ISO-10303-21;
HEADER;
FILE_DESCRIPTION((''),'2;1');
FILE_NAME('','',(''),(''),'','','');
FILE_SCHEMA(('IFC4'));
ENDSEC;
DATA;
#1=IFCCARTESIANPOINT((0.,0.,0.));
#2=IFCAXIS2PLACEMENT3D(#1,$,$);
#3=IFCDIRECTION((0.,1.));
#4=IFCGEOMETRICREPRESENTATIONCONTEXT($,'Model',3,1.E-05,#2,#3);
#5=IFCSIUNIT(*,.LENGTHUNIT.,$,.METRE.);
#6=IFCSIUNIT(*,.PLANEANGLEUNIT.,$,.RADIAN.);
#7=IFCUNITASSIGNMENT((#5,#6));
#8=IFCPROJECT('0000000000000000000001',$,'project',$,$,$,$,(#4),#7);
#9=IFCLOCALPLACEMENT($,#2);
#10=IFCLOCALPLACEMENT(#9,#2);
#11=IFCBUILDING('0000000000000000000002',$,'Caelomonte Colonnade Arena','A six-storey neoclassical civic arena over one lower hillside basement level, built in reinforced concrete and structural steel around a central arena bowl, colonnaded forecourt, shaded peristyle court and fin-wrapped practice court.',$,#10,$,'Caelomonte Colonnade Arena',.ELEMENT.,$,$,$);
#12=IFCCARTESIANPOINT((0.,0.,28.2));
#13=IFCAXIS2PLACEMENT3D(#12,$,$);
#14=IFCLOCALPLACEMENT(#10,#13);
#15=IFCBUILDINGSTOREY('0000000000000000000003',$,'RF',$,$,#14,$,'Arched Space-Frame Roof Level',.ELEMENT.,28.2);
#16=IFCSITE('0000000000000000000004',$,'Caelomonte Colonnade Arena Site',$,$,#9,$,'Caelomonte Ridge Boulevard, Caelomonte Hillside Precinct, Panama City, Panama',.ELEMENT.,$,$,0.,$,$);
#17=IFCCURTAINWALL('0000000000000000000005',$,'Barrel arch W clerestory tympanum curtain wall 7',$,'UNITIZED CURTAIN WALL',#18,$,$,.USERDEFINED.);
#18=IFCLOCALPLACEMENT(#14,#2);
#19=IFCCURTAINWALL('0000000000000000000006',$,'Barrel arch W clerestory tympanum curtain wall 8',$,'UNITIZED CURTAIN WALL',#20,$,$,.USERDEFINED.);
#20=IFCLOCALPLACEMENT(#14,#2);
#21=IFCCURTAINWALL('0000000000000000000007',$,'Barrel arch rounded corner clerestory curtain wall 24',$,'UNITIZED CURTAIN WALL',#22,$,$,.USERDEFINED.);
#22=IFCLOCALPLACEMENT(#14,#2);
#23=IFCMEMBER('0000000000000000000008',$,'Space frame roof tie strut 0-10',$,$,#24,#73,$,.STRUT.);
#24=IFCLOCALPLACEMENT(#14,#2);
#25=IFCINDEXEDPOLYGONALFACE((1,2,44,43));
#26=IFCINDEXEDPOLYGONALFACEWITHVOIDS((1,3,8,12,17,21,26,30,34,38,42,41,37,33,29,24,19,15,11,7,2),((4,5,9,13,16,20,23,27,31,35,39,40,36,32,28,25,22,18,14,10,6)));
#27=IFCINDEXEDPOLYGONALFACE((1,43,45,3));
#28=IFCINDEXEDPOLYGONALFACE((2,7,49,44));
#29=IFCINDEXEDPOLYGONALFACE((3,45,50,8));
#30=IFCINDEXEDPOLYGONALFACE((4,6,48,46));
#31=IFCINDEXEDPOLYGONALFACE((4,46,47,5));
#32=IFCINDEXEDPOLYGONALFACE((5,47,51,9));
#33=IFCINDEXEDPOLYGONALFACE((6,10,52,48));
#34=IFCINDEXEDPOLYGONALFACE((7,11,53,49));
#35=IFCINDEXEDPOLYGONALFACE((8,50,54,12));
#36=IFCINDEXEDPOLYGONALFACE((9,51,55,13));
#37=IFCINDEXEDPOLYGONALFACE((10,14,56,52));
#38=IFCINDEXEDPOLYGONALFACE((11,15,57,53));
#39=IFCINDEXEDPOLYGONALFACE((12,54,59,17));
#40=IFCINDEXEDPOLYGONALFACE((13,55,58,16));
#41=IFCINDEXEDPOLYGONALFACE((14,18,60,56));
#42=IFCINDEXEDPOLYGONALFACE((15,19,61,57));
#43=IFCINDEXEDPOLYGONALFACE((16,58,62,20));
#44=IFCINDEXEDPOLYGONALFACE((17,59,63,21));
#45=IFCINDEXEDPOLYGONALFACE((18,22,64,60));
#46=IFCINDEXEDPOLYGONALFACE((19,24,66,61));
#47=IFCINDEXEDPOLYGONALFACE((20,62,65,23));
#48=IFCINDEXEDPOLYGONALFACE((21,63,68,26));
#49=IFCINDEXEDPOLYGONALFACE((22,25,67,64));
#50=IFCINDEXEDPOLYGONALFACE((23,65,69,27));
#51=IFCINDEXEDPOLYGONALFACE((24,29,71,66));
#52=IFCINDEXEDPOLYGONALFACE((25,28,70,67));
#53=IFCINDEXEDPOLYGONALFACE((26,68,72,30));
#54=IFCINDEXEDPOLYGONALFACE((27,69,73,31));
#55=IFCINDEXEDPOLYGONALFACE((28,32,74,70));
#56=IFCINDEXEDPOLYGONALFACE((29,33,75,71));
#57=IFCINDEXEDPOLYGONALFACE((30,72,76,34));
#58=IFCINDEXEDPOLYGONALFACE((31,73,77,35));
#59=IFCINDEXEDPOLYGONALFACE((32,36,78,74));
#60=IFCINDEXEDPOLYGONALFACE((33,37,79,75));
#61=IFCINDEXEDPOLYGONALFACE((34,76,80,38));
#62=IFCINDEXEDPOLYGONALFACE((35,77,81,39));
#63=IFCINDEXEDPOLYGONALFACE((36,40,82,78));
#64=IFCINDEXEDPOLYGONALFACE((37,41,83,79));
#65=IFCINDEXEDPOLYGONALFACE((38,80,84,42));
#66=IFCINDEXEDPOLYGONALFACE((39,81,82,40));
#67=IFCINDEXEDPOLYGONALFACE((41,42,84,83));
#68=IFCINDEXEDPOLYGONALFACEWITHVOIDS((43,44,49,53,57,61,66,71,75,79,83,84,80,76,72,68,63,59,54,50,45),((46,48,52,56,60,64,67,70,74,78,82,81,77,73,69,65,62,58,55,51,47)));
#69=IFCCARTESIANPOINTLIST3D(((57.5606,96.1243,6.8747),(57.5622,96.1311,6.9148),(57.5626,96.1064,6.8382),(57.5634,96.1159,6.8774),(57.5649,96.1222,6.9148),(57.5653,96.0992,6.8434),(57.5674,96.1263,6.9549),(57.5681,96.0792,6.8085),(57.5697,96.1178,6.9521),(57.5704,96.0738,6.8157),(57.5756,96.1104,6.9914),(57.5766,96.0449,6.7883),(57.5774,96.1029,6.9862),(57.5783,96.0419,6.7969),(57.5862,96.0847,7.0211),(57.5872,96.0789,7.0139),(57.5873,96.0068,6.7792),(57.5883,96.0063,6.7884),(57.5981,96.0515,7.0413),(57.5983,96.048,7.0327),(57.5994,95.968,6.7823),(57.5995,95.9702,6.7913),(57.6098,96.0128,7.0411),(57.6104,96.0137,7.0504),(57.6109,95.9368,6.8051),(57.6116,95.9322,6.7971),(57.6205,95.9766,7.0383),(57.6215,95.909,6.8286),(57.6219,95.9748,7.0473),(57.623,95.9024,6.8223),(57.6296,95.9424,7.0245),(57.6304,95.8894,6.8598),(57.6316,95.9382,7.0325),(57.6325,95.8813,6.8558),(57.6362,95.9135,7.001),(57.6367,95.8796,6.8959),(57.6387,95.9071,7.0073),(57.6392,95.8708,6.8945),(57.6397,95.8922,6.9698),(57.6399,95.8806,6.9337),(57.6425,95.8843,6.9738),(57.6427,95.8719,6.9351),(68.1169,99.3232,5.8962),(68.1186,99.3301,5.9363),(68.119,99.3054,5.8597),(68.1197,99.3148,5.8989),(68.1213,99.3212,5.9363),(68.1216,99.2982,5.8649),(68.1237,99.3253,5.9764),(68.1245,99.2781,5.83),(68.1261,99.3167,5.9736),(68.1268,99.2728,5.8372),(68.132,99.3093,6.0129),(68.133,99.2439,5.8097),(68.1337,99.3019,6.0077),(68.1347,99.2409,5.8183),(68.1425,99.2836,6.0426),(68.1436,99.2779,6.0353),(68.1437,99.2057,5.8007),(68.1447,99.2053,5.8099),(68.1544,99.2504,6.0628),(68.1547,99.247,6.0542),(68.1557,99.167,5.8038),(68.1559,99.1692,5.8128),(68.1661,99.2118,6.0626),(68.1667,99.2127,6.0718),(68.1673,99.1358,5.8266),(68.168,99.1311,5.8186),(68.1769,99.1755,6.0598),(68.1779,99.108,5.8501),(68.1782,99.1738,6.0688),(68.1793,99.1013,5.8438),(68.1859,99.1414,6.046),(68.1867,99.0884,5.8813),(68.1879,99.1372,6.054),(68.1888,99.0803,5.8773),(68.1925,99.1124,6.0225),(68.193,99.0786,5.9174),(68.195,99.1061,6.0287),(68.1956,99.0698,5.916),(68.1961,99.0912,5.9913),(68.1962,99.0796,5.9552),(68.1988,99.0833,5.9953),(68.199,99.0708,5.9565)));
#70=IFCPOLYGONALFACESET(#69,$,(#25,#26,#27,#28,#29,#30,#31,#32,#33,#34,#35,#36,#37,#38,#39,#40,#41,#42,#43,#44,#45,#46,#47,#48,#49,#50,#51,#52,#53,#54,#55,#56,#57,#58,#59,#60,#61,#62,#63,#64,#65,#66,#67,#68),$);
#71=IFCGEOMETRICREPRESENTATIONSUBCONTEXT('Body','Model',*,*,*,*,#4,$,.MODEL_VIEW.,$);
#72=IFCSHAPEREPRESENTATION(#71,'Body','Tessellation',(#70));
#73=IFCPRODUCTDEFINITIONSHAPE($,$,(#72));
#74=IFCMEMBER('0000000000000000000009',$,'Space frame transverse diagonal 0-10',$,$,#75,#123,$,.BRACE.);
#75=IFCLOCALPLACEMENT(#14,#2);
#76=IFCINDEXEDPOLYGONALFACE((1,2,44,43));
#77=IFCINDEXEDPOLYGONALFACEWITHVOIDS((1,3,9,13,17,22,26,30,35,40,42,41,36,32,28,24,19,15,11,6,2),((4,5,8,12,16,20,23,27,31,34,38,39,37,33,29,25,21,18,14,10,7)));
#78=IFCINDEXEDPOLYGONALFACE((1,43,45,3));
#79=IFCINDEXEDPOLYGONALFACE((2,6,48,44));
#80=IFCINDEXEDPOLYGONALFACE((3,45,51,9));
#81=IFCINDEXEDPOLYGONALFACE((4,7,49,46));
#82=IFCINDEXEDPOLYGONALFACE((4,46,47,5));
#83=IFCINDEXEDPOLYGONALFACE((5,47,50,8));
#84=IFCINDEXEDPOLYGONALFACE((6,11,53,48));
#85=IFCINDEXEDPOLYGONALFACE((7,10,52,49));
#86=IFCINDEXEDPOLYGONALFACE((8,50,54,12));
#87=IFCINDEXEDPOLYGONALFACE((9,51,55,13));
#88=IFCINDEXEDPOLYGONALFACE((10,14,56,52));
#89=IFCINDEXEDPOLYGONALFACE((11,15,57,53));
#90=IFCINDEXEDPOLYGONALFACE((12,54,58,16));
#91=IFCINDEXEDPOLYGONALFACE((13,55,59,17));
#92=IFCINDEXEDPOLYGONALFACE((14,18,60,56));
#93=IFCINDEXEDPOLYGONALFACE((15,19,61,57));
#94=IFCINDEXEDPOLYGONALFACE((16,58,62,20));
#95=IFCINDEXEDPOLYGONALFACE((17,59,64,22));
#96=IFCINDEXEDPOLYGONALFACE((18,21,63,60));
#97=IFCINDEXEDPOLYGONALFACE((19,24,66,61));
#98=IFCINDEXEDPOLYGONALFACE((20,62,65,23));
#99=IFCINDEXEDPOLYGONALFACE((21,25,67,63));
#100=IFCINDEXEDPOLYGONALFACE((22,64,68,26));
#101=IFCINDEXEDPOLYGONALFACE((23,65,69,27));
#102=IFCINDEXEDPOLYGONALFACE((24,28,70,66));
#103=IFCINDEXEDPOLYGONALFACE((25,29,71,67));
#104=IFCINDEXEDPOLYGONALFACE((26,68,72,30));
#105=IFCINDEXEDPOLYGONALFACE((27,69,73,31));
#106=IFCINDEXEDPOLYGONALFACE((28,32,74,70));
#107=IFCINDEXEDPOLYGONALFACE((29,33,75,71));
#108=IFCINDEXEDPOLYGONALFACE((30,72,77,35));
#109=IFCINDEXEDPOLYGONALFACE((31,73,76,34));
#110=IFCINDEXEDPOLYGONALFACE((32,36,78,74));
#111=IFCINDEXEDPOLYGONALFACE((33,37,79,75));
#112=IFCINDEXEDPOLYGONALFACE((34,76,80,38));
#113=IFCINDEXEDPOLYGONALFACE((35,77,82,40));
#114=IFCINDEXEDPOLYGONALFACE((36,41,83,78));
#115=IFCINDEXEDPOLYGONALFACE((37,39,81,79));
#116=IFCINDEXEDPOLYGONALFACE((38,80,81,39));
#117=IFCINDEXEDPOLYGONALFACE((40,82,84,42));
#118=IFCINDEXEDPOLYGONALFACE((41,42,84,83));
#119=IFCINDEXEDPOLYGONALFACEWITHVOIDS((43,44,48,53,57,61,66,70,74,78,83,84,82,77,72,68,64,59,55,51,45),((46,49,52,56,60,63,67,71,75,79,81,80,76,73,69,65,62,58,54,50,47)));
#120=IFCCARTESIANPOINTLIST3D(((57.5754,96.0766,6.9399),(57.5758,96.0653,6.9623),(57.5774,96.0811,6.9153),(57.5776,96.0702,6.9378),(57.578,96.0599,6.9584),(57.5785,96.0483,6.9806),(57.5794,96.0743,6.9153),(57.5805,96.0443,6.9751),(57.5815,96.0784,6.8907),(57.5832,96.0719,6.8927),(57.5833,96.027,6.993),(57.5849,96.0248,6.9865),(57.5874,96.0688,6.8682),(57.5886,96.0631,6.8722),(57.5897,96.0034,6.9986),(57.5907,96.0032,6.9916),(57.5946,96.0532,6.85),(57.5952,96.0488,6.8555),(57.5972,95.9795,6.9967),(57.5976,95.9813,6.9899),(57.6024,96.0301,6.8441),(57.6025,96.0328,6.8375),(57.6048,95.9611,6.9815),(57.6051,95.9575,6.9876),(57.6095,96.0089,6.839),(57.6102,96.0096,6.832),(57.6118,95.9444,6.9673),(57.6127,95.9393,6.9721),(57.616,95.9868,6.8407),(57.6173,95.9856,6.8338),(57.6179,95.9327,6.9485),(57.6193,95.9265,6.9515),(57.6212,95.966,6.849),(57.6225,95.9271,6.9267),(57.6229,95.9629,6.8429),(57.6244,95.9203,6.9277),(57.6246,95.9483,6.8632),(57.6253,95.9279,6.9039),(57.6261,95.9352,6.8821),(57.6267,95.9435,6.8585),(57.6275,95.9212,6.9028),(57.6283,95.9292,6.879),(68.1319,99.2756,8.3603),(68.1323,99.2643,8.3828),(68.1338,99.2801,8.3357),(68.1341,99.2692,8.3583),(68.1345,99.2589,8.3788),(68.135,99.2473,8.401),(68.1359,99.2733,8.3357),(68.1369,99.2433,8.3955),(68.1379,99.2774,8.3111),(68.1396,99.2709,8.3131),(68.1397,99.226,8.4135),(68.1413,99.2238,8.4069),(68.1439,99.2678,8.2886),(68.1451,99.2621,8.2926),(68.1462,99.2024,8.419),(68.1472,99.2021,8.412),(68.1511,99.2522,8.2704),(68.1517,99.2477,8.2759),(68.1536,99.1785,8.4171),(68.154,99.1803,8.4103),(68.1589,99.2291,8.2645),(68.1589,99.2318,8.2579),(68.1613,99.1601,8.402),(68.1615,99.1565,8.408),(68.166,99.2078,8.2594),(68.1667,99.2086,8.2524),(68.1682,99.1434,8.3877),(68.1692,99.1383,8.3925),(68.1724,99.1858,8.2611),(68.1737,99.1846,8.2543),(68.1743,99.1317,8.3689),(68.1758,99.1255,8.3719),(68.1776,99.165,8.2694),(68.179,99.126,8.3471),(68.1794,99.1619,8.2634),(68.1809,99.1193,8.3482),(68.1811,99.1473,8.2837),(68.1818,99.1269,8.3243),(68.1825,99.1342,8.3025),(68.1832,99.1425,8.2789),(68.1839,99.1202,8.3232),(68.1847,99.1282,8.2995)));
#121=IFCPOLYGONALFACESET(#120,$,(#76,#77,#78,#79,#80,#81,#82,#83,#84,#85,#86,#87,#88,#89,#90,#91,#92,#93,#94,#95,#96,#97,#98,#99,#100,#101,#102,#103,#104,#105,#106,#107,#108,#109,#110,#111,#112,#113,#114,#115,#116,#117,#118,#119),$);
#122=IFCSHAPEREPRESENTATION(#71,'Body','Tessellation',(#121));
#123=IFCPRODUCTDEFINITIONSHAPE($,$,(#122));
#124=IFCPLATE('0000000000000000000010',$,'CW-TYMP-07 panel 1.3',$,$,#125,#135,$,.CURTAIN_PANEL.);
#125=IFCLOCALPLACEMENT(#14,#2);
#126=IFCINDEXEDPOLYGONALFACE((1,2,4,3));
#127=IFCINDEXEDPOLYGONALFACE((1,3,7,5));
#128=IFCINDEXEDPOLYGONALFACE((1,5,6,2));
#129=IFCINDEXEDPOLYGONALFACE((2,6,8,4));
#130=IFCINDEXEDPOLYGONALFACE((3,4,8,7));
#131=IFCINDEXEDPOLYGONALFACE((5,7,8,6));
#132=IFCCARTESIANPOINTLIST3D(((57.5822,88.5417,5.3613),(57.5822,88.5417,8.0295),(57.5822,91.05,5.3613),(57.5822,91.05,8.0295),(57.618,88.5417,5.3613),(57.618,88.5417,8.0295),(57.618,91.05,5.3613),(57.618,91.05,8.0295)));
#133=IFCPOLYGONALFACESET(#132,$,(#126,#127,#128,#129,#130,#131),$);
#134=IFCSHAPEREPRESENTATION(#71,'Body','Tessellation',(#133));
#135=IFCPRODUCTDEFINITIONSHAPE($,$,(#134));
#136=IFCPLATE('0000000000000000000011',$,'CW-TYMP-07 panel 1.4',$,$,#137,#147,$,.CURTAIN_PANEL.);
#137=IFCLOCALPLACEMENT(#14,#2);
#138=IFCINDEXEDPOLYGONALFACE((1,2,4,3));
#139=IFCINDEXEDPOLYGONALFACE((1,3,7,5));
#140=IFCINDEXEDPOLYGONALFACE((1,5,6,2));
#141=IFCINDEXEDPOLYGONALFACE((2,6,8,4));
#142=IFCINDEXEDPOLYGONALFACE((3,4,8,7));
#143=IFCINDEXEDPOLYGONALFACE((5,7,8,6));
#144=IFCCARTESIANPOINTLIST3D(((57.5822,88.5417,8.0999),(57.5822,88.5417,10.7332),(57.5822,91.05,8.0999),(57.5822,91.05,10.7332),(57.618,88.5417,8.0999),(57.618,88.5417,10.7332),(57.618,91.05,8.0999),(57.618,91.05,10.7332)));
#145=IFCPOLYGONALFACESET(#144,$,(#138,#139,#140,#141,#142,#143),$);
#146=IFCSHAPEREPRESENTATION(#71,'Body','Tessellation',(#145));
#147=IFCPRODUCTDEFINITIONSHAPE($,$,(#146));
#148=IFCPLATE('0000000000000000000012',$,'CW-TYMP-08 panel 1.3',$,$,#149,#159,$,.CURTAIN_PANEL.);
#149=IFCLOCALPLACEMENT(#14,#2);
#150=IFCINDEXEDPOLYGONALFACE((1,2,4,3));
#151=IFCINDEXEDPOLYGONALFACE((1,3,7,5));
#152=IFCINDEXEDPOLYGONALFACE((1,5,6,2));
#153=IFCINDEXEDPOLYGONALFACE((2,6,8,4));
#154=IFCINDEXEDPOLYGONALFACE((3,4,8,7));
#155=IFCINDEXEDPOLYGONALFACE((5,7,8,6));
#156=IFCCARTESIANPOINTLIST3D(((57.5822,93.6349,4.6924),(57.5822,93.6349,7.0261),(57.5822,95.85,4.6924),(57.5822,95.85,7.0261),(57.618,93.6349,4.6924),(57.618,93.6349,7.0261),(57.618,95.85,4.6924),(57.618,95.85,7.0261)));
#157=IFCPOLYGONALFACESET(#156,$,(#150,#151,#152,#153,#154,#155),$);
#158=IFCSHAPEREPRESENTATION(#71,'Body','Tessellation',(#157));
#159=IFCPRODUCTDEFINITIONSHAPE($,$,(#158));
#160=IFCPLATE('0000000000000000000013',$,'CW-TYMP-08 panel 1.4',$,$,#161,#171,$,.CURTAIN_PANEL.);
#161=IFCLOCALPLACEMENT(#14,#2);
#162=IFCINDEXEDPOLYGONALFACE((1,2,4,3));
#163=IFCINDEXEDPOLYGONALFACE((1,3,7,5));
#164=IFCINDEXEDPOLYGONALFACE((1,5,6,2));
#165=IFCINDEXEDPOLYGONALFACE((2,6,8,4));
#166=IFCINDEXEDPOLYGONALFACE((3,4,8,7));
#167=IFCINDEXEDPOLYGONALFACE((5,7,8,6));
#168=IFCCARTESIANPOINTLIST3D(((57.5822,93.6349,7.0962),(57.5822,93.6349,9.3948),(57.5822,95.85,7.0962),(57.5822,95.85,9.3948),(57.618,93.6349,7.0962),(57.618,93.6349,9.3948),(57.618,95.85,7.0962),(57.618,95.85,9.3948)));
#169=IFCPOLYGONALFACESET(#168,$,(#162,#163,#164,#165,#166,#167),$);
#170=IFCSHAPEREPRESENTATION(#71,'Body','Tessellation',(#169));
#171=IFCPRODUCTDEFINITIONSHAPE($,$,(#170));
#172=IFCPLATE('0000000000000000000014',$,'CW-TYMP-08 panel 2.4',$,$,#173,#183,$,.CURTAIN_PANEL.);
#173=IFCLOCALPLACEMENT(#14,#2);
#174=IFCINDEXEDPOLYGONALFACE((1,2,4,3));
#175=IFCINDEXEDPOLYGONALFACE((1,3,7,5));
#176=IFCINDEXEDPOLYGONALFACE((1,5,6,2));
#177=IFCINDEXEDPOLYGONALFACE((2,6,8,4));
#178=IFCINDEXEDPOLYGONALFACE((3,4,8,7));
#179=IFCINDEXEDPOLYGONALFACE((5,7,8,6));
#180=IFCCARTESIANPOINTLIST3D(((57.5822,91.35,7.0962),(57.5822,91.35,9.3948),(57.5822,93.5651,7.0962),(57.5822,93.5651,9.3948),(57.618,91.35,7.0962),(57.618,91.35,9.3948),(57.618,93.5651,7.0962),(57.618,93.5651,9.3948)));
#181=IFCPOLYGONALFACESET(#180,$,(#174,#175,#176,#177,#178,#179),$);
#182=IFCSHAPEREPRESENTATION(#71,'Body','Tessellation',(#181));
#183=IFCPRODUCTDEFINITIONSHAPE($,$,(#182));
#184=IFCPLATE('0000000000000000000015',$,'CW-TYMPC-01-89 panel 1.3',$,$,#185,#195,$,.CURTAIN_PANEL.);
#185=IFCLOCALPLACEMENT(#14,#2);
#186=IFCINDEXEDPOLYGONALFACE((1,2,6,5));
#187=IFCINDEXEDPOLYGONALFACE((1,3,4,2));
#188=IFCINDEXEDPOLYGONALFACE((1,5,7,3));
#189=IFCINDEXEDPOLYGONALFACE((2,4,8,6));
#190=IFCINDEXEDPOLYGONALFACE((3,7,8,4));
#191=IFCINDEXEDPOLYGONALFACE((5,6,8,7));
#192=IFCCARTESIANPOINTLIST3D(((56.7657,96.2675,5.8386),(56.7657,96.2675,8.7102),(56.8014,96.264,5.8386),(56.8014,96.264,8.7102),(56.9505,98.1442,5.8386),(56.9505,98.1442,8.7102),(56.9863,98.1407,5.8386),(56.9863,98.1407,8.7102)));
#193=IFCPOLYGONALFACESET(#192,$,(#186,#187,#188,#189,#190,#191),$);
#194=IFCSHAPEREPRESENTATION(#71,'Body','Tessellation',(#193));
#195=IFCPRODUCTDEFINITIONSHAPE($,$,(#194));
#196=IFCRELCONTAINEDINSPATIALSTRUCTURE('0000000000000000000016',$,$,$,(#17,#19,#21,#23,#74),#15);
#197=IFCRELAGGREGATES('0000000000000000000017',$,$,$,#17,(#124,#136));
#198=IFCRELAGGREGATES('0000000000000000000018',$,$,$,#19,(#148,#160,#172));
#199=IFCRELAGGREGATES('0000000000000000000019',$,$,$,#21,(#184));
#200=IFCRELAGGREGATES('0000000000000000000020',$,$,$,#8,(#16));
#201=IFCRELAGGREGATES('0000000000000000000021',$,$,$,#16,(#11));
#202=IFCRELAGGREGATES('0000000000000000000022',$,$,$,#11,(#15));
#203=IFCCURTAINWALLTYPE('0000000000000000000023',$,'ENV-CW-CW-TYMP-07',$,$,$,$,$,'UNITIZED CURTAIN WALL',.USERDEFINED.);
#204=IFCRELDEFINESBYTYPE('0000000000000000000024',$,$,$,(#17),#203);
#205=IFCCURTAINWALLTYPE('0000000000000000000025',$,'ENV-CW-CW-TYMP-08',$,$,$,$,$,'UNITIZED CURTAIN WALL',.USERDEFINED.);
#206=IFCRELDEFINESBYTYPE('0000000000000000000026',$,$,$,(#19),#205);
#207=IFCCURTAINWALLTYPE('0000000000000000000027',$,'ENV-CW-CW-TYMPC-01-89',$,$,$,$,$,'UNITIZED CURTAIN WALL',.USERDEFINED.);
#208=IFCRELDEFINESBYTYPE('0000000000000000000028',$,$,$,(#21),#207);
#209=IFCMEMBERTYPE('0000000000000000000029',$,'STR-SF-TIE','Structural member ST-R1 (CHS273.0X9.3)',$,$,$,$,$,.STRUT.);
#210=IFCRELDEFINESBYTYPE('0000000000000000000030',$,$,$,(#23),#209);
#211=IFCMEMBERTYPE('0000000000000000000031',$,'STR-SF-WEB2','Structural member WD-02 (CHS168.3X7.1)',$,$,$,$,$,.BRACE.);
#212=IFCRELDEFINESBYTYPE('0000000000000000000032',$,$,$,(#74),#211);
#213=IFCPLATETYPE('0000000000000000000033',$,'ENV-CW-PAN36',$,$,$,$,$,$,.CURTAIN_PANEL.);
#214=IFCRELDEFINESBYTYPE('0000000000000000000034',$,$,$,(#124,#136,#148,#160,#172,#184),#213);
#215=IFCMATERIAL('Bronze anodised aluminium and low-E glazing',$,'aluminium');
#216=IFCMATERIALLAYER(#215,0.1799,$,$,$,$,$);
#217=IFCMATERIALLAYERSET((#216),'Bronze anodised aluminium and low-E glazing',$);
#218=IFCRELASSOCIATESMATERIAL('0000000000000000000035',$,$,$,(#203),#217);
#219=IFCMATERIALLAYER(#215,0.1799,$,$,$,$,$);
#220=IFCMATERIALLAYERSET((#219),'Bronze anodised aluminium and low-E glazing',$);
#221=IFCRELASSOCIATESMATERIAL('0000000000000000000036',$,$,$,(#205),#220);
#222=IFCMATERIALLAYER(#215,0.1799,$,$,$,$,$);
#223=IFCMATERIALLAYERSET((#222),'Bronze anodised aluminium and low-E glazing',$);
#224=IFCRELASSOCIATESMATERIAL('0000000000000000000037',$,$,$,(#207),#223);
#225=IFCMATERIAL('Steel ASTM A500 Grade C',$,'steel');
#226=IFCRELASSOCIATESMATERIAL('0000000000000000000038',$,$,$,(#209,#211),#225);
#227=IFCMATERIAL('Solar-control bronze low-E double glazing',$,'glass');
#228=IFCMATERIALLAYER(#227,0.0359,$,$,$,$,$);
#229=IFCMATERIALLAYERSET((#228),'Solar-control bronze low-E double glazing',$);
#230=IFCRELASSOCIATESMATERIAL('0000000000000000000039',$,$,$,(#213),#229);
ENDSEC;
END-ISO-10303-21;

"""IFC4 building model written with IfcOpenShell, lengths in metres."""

from ifc_helpers import new_model, si_unit, direction, frame, origin, origin_2d, place, context, subcontext, project, spatial, rectangle, hollow_circle, extrude, material, layer, layer_set, material_profile, profile_set, type_object, element, aggregate, save


model = new_model("IFC4")

# Units and contexts
model_context = context("Model", 3, precision=1e-05, world=origin(), true_north=direction((0.0, 1.0)))
body_context = subcontext(model_context, "Body", "Model", "MODEL_VIEW")
ifc_project = project(units=[si_unit("LENGTHUNIT", "METRE"), si_unit("PLANEANGLEUNIT", "RADIAN")], contexts=[model_context])

# Site, building, storey
site_placement = place(None, origin())
site = spatial("IfcSite", under=ifc_project, at=site_placement, Name="Caelomonte Colonnade Arena Site", LongName="Caelomonte Ridge Boulevard, Caelomonte Hillside Precinct, Panama City, Panama", CompositionType="ELEMENT", RefElevation=0.0)
building_placement = place(site_placement, origin())
building = spatial("IfcBuilding", under=site, at=building_placement, Name="Caelomonte Colonnade Arena", Description="A six-storey neoclassical civic arena over one lower hillside basement level, built in reinforced concrete and structural steel around a central arena bowl, colonnaded forecourt, shaded peristyle court and fin-wrapped practice court.", LongName="Caelomonte Colonnade Arena", CompositionType="ELEMENT")
storey_placement = place(building_placement, frame((0.0, 0.0, 28.2)))
storey = spatial("IfcBuildingStorey", under=building, at=storey_placement, Name="RF", LongName="Arched Space-Frame Roof Level", CompositionType="ELEMENT", Elevation=28.2)

# Curtain walls
ifc_material_1 = material(Name="Bronze anodised aluminium and low-E glazing", Category="aluminium")
ifc_layer_1 = layer(ifc_material_1, 0.1799)
ifc_layer_set_1 = layer_set([ifc_layer_1], Name="Bronze anodised aluminium and low-E glazing")
curtain_wall_type_1 = type_object("IfcCurtainWallType", Name="ENV-CW-CW-TYMP-07", ElementType="UNITIZED CURTAIN WALL", PredefinedType="USERDEFINED", material=ifc_layer_set_1)
curtain_wall_1_placement = place(storey_placement, origin())
curtain_wall_1 = element("IfcCurtainWall", 1, at=curtain_wall_1_placement, inside=storey, type_object=curtain_wall_type_1, Name="Barrel arch W clerestory tympanum curtain wall 7", ObjectType="UNITIZED CURTAIN WALL", PredefinedType="USERDEFINED")
ifc_layer_2 = layer(ifc_material_1, 0.1799)
ifc_layer_set_2 = layer_set([ifc_layer_2], Name="Bronze anodised aluminium and low-E glazing")
curtain_wall_type_2 = type_object("IfcCurtainWallType", Name="ENV-CW-CW-TYMP-08", ElementType="UNITIZED CURTAIN WALL", PredefinedType="USERDEFINED", material=ifc_layer_set_2)
curtain_wall_2_placement = place(storey_placement, origin())
curtain_wall_2 = element("IfcCurtainWall", 2, at=curtain_wall_2_placement, inside=storey, type_object=curtain_wall_type_2, Name="Barrel arch W clerestory tympanum curtain wall 8", ObjectType="UNITIZED CURTAIN WALL", PredefinedType="USERDEFINED")
ifc_layer_3 = layer(ifc_material_1, 0.1799)
ifc_layer_set_3 = layer_set([ifc_layer_3], Name="Bronze anodised aluminium and low-E glazing")
curtain_wall_type_3 = type_object("IfcCurtainWallType", Name="ENV-CW-CW-TYMPC-01-89", ElementType="UNITIZED CURTAIN WALL", PredefinedType="USERDEFINED", material=ifc_layer_set_3)
curtain_wall_3_placement = place(storey_placement, origin())
curtain_wall_3 = element("IfcCurtainWall", 3, at=curtain_wall_3_placement, inside=storey, type_object=curtain_wall_type_3, Name="Barrel arch rounded corner clerestory curtain wall 24", ObjectType="UNITIZED CURTAIN WALL", PredefinedType="USERDEFINED")

# Members
ifc_material_2 = material(Name="Steel ASTM A500 Grade C", Category="steel")
ifc_material_profile_1 = material_profile(ifc_material_2, hollow_circle(Radius=0.1365, WallThickness=0.0093, at=origin_2d()), Name="CHS273.0X9.3")
ifc_profile_set_1 = profile_set([ifc_material_profile_1], Name="Steel ASTM A500 Grade C")
member_type_1 = type_object("IfcMemberType", Name="STR-SF-TIE", Description="Structural member ST-R1 (CHS273.0X9.3)", PredefinedType="STRUT", material=ifc_profile_set_1)
member_1_placement = place(storey_placement, frame((57.6018, 96.0005, 6.9148), z_axis=(0.953279, 0.288878, -0.088363), x_axis=(-0.290013, 0.957023, 0.0)))
element("IfcMember", 4, at=member_1_placement, inside=storey, type_object=member_type_1, Name="Space frame roof tie strut 0-10", PredefinedType="STRUT", context=body_context, shape_type="SweptSolid", body=[
    extrude(hollow_circle(Radius=0.1365, WallThickness=0.0093, at=origin_2d()), origin(), (0.0, 0.0, 1.0), 11.0737),
])
ifc_material_profile_2 = material_profile(ifc_material_2, hollow_circle(Radius=0.0842, WallThickness=0.0071, at=origin_2d()), Name="CHS168.3X7.1")
ifc_profile_set_2 = profile_set([ifc_material_profile_2], Name="Steel ASTM A500 Grade C")
member_type_2 = type_object("IfcMemberType", Name="STR-SF-WEB2", Description="Structural member WD-02 (CHS168.3X7.1)", PredefinedType="BRACE", material=ifc_profile_set_2)
member_2_placement = place(storey_placement, frame((57.6018, 96.0005, 6.9153), z_axis=(0.949185, 0.287638, 0.127717), x_axis=(-0.290013, 0.957023, 0.0)))
element("IfcMember", 5, at=member_2_placement, inside=storey, type_object=member_type_2, Name="Space frame transverse diagonal 0-10", PredefinedType="BRACE", context=body_context, shape_type="SweptSolid", body=[
    extrude(hollow_circle(Radius=0.0842, WallThickness=0.0071, at=origin_2d()), origin(), (0.0, 0.0, 1.0), 11.1216),
])

# Plates
ifc_material_3 = material(Name="Solar-control bronze low-E double glazing", Category="glass")
ifc_layer_4 = layer(ifc_material_3, 0.0359)
ifc_layer_set_4 = layer_set([ifc_layer_4], Name="Solar-control bronze low-E double glazing")
plate_type_1 = type_object("IfcPlateType", Name="ENV-CW-PAN36", PredefinedType="CURTAIN_PANEL", material=ifc_layer_set_4)
plate_1_placement = place(storey_placement, frame((57.6001, 89.7959, 5.3613), z_axis=(0.0, 0.0, 1.0), x_axis=(0.0, -1.0, 0.0)))
plate_1 = element("IfcPlate", 6, at=plate_1_placement, type_object=plate_type_1, Name="CW-TYMP-07 panel 1.3", PredefinedType="CURTAIN_PANEL", context=body_context, shape_type="SweptSolid", body=[
    extrude(rectangle(XDim=2.5083, YDim=0.0359, at=origin_2d()), origin(), (0.0, 0.0, 1.0), 2.6682),
])
plate_2_placement = place(storey_placement, frame((57.6001, 89.7959, 8.0999), z_axis=(0.0, 0.0, 1.0), x_axis=(0.0, -1.0, 0.0)))
plate_2 = element("IfcPlate", 7, at=plate_2_placement, type_object=plate_type_1, Name="CW-TYMP-07 panel 1.4", PredefinedType="CURTAIN_PANEL", context=body_context, shape_type="SweptSolid", body=[
    extrude(rectangle(XDim=2.5083, YDim=0.0359, at=origin_2d()), origin(), (0.0, 0.0, 1.0), 2.6333),
])
aggregate(curtain_wall_1, [plate_1, plate_2])
plate_3_placement = place(storey_placement, frame((57.6001, 94.7424, 4.6924), z_axis=(0.0, 0.0, 1.0), x_axis=(0.0, -1.0, 0.0)))
plate_3 = element("IfcPlate", 8, at=plate_3_placement, type_object=plate_type_1, Name="CW-TYMP-08 panel 1.3", PredefinedType="CURTAIN_PANEL", context=body_context, shape_type="SweptSolid", body=[
    extrude(rectangle(XDim=2.2151, YDim=0.0359, at=origin_2d()), origin(), (0.0, 0.0, 1.0), 2.3337),
])
plate_4_placement = place(storey_placement, frame((57.6001, 94.7424, 7.0962), z_axis=(0.0, 0.0, 1.0), x_axis=(0.0, -1.0, 0.0)))
plate_4 = element("IfcPlate", 9, at=plate_4_placement, type_object=plate_type_1, Name="CW-TYMP-08 panel 1.4", PredefinedType="CURTAIN_PANEL", context=body_context, shape_type="SweptSolid", body=[
    extrude(rectangle(XDim=2.2151, YDim=0.0359, at=origin_2d()), origin(), (0.0, 0.0, 1.0), 2.2986),
])
plate_5_placement = place(storey_placement, frame((57.6001, 92.4575, 7.0962), z_axis=(0.0, 0.0, 1.0), x_axis=(0.0, -1.0, 0.0)))
plate_5 = element("IfcPlate", 10, at=plate_5_placement, type_object=plate_type_1, Name="CW-TYMP-08 panel 2.4", PredefinedType="CURTAIN_PANEL", context=body_context, shape_type="SweptSolid", body=[
    extrude(rectangle(XDim=2.2151, YDim=0.0359, at=origin_2d()), origin(), (0.0, 0.0, 1.0), 2.2986),
])
aggregate(curtain_wall_2, [plate_3, plate_4, plate_5])
plate_6_placement = place(storey_placement, frame((56.876, 97.2041, 5.8386), z_axis=(0.0, 0.0, 1.0), x_axis=(-0.098031, -0.995183, 0.0)))
plate_6 = element("IfcPlate", 11, at=plate_6_placement, type_object=plate_type_1, Name="CW-TYMPC-01-89 panel 1.3", PredefinedType="CURTAIN_PANEL", context=body_context, shape_type="SweptSolid", body=[
    extrude(rectangle(XDim=1.8857, YDim=0.0359, at=origin_2d()), origin(), (0.0, 0.0, 1.0), 2.8716),
])
aggregate(curtain_wall_3, [plate_6])

save(model, "model.ifc")
